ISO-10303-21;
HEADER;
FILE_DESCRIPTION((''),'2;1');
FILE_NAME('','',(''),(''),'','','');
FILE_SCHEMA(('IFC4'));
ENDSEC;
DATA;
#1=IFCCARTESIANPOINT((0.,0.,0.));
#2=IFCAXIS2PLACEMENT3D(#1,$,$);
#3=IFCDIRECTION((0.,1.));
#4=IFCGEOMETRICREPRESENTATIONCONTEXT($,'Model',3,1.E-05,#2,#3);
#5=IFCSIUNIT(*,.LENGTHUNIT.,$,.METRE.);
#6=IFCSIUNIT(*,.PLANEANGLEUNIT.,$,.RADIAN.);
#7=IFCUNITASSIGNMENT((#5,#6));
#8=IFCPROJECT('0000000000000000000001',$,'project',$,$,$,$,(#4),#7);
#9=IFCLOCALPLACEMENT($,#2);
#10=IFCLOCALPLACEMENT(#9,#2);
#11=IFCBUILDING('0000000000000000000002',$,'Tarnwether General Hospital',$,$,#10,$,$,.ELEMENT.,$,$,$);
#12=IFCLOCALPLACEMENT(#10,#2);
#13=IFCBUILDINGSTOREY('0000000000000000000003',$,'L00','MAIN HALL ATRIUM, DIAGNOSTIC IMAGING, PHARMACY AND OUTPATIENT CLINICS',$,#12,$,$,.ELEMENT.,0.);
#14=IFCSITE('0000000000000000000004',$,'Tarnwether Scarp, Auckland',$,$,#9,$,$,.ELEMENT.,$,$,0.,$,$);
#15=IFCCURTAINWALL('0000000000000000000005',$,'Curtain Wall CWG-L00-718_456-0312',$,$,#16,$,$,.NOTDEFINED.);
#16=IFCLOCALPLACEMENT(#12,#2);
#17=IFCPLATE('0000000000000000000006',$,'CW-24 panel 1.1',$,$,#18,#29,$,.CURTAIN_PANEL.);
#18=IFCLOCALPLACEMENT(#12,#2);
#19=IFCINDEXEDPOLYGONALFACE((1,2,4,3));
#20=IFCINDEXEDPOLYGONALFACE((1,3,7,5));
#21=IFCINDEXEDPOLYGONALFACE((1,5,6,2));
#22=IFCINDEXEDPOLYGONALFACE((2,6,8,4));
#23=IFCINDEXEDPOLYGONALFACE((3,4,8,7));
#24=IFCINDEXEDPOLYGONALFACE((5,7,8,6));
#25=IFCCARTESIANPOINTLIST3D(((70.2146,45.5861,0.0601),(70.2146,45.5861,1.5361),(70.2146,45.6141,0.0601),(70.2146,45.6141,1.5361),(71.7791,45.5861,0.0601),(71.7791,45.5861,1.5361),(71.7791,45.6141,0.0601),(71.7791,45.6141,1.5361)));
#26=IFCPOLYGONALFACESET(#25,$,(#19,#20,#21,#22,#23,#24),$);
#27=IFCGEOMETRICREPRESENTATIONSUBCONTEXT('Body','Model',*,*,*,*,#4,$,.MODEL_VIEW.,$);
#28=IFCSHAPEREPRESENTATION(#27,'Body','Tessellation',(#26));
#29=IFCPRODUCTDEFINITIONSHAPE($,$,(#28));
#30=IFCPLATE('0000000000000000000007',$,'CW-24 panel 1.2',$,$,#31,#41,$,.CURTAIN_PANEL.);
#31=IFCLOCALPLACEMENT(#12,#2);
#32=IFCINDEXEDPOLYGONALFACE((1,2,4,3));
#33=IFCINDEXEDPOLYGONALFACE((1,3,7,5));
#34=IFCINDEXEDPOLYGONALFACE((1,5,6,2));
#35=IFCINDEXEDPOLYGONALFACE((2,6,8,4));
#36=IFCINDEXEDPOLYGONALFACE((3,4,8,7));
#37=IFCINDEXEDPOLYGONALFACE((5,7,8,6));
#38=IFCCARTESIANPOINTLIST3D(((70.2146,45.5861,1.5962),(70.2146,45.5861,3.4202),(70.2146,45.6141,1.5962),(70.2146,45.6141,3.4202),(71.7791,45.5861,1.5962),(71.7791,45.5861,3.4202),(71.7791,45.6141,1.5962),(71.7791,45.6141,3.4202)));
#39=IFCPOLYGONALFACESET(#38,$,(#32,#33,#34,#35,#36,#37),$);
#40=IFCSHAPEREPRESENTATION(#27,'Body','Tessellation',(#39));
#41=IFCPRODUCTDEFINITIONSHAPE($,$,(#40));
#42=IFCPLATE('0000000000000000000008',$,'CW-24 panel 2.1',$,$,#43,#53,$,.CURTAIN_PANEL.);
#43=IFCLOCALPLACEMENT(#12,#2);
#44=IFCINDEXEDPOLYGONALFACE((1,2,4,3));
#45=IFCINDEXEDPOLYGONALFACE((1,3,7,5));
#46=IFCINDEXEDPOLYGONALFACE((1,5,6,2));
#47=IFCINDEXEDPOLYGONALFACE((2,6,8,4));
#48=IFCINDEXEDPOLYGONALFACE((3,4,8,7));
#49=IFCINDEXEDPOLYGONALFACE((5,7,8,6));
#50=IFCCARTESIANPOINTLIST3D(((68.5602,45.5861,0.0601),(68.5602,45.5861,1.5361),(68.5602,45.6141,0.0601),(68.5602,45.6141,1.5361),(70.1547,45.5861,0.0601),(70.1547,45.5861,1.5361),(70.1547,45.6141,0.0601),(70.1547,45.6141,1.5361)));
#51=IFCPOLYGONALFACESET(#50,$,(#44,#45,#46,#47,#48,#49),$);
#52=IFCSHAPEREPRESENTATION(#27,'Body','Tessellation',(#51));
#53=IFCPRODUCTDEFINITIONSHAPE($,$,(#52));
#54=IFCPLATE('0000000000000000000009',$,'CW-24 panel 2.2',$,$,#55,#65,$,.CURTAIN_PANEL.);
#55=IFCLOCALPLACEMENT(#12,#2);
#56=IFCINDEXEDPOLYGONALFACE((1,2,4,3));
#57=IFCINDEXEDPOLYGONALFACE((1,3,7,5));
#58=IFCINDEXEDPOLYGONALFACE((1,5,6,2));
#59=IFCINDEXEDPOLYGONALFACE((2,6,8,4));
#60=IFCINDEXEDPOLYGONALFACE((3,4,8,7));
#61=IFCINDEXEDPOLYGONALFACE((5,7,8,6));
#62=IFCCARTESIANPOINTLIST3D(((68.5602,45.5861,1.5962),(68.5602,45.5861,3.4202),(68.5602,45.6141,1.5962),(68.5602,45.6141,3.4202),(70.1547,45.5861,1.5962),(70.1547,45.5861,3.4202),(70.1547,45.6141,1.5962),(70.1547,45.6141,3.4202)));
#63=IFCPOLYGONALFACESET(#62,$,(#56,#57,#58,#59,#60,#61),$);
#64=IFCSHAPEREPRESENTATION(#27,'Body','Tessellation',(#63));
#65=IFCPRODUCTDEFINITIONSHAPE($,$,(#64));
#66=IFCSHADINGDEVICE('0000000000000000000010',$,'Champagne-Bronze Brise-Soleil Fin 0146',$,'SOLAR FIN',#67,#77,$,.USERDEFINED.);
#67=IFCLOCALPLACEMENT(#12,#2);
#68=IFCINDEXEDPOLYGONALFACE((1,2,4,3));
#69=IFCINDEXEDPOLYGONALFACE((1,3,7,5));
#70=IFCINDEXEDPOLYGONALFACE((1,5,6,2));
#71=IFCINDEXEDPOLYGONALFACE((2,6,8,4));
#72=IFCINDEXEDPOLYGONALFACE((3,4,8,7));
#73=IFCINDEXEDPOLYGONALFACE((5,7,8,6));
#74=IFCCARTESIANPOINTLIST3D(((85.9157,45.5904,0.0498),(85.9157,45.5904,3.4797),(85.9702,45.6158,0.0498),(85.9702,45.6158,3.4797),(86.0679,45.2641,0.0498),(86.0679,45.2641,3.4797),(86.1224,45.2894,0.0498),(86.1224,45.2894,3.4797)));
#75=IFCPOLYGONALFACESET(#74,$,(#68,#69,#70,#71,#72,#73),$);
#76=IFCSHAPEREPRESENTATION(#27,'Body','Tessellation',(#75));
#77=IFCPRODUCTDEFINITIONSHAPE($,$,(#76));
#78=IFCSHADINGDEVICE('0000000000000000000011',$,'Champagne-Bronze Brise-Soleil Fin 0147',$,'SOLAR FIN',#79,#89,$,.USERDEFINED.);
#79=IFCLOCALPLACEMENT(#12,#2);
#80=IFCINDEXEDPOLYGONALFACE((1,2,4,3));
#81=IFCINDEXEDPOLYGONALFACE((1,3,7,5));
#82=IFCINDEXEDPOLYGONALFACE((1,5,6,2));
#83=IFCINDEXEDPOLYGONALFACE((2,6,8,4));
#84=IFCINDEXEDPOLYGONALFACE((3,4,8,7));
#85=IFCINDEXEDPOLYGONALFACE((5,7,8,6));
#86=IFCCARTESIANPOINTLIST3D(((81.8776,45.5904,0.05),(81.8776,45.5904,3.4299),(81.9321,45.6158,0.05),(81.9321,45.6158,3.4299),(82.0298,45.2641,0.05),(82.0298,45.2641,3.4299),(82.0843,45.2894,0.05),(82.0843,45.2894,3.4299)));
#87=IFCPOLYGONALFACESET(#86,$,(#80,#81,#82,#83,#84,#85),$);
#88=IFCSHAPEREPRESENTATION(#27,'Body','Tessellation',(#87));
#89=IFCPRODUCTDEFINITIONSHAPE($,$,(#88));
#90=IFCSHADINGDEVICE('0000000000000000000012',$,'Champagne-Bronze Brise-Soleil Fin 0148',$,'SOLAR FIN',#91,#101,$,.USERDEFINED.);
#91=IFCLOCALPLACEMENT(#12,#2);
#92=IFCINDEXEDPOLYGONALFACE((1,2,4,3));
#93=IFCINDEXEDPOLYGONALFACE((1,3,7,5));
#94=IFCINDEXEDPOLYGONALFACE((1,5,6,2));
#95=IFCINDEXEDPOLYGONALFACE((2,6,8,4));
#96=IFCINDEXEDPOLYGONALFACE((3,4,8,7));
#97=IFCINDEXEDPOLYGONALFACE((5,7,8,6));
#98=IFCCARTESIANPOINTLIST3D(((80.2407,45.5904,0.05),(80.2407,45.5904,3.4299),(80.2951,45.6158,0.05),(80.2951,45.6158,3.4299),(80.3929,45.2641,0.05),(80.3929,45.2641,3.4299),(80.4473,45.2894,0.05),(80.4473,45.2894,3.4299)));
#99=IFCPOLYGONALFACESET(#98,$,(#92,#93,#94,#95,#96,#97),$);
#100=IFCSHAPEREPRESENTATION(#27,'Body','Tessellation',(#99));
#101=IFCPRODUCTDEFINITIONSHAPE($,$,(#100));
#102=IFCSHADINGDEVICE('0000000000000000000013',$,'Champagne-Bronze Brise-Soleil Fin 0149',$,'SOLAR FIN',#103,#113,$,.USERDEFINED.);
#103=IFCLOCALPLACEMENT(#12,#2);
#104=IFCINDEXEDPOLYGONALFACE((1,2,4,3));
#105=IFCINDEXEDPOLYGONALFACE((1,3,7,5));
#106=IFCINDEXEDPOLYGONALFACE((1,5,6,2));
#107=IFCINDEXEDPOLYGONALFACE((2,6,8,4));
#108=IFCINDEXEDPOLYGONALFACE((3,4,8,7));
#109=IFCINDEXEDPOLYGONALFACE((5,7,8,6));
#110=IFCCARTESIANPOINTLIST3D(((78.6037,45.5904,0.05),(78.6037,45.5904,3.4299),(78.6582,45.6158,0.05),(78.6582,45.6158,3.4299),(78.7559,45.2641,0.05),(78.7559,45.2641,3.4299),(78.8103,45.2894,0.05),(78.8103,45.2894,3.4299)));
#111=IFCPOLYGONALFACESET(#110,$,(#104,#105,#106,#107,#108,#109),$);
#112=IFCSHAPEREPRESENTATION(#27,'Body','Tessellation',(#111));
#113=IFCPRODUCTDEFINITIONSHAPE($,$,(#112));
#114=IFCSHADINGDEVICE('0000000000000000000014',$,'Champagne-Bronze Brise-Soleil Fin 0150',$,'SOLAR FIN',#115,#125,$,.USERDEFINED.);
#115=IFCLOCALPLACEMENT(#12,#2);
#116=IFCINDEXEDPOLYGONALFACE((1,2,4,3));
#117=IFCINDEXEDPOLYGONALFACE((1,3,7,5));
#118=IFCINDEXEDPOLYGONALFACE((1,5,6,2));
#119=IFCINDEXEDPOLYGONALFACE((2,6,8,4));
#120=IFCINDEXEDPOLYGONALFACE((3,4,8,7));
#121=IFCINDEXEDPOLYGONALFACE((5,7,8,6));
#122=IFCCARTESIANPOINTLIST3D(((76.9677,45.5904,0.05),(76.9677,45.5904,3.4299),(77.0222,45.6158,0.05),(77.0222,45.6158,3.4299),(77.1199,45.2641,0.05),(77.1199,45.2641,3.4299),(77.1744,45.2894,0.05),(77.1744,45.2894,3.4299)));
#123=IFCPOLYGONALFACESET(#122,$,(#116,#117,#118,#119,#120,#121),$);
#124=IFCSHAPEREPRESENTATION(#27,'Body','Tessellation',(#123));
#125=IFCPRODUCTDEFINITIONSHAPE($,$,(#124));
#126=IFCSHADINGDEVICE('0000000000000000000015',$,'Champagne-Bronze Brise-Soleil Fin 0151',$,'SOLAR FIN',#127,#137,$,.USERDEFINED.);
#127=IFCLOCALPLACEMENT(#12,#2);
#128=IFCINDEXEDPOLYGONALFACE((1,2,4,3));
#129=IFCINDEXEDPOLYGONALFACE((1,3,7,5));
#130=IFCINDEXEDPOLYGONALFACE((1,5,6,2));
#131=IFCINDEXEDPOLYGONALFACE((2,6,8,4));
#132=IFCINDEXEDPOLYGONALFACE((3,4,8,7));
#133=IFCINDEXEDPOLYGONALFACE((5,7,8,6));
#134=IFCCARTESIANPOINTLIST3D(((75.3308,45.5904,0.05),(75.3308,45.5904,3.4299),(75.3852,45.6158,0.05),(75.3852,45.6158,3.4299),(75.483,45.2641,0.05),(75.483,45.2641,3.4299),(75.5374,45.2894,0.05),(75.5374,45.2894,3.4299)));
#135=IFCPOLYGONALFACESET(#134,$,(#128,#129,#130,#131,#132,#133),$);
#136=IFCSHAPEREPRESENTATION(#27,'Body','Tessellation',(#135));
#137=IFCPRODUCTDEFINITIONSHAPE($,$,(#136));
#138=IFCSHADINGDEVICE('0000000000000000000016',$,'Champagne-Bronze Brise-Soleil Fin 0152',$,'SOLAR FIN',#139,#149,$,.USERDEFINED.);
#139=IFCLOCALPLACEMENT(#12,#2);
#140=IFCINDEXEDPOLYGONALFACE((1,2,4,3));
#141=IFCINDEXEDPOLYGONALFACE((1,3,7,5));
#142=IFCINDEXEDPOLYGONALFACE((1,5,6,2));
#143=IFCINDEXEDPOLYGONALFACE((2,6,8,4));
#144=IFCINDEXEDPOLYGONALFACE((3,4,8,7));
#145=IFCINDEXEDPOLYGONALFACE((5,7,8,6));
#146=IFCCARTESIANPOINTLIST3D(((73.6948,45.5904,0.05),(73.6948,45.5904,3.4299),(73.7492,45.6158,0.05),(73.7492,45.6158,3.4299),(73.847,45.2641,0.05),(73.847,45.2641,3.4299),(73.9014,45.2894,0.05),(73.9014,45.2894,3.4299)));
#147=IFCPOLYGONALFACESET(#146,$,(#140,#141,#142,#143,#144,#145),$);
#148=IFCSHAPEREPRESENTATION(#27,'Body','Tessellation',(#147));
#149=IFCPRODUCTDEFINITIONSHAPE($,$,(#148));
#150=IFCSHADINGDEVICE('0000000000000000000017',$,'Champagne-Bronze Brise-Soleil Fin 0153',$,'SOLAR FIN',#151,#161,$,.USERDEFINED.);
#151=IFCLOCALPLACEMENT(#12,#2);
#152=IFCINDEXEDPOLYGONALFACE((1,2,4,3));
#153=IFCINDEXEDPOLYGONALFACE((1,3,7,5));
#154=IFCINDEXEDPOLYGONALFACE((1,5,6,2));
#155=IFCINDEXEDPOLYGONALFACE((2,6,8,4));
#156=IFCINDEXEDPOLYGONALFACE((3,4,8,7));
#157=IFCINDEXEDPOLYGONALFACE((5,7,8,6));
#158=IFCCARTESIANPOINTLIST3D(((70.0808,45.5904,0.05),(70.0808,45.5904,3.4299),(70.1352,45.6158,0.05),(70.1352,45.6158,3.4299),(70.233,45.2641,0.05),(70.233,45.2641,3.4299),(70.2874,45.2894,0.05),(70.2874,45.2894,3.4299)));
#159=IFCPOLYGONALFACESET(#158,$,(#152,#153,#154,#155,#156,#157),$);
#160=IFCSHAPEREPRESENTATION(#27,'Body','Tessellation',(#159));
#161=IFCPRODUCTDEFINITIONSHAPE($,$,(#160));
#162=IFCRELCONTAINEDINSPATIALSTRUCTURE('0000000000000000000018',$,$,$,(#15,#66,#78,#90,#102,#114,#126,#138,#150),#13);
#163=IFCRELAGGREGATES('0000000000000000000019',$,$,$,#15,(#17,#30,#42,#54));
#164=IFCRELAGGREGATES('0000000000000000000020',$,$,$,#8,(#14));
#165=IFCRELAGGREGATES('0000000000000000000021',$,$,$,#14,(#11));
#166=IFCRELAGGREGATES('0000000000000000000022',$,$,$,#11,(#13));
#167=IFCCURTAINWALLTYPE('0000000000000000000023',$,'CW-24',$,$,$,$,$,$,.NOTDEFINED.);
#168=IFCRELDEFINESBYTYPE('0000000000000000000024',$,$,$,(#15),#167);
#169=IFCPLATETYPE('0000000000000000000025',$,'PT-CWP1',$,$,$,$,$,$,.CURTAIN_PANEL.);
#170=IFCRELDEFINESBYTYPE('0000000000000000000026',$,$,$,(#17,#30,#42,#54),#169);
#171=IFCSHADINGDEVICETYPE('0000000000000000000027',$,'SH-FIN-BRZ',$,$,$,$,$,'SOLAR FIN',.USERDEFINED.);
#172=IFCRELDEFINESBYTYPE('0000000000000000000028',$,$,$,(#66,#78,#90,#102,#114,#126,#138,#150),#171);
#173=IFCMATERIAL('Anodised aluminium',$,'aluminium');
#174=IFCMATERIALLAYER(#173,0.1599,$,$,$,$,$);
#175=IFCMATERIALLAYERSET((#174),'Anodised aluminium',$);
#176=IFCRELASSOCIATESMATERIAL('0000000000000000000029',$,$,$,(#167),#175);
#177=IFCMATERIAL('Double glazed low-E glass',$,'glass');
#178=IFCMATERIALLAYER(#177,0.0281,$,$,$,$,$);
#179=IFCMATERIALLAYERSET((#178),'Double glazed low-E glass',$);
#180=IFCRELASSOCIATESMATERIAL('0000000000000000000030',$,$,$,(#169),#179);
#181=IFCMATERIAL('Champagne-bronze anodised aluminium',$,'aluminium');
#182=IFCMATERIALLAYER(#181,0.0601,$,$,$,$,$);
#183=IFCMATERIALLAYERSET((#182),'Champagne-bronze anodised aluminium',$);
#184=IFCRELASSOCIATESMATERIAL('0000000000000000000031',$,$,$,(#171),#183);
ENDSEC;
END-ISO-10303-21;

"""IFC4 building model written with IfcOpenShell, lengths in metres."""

from ifc_helpers import new_model, si_unit, direction, frame, origin, origin_2d, place, context, subcontext, project, spatial, rectangle, extrude, material, layer, layer_set, type_object, element, aggregate, save


model = new_model("IFC4")

# Units and contexts
model_context = context("Model", 3, precision=1e-05, world=origin(), true_north=direction((0.0, 1.0)))
body_context = subcontext(model_context, "Body", "Model", "MODEL_VIEW")
ifc_project = project(units=[si_unit("LENGTHUNIT", "METRE"), si_unit("PLANEANGLEUNIT", "RADIAN")], contexts=[model_context])

# Site, building, storey
site_placement = place(None, origin())
site = spatial("IfcSite", under=ifc_project, at=site_placement, Name="Tarnwether Scarp, Auckland", CompositionType="ELEMENT", RefElevation=0.0)
building_placement = place(site_placement, origin())
building = spatial("IfcBuilding", under=site, at=building_placement, Name="Tarnwether General Hospital", CompositionType="ELEMENT")
storey_placement = place(building_placement, origin())
storey = spatial("IfcBuildingStorey", under=building, at=storey_placement, Name="L00", Description="MAIN HALL ATRIUM, DIAGNOSTIC IMAGING, PHARMACY AND OUTPATIENT CLINICS", CompositionType="ELEMENT", Elevation=0.0)

# Shared definitions
ifc_material_1 = material(Name="Anodised aluminium", Category="aluminium")
ifc_layer_1 = layer(ifc_material_1, 0.1599)
ifc_layer_set_1 = layer_set([ifc_layer_1], Name="Anodised aluminium")
curtain_wall_type = type_object("IfcCurtainWallType", Name="CW-24", PredefinedType="NOTDEFINED", material=ifc_layer_set_1)

# Curtain wall
curtain_wall_1_placement = place(storey_placement, origin())
curtain_wall_1 = element("IfcCurtainWall", 1, at=curtain_wall_1_placement, inside=storey, type_object=curtain_wall_type, Name="Curtain Wall CWG-L00-718_456-0312", PredefinedType="NOTDEFINED")

# Plates
ifc_material_2 = material(Name="Double glazed low-E glass", Category="glass")
ifc_layer_2 = layer(ifc_material_2, 0.0281)
ifc_layer_set_2 = layer_set([ifc_layer_2], Name="Double glazed low-E glass")
plate_type = type_object("IfcPlateType", Name="PT-CWP1", PredefinedType="CURTAIN_PANEL", material=ifc_layer_set_2)
plate_1_placement = place(storey_placement, frame((70.9968, 45.6001, 0.0601), z_axis=(0.0, 0.0, 1.0), x_axis=(-1.0, 0.0, 0.0)))
plate_1 = element("IfcPlate", 2, at=plate_1_placement, type_object=plate_type, Name="CW-24 panel 1.1", PredefinedType="CURTAIN_PANEL", context=body_context, shape_type="SweptSolid", body=[
    extrude(rectangle(XDim=1.5645, YDim=0.0281, at=origin_2d()), origin(), (0.0, 0.0, 1.0), 1.4761),
])
plate_2_placement = place(storey_placement, frame((70.9968, 45.6001, 1.5962), z_axis=(0.0, 0.0, 1.0), x_axis=(-1.0, 0.0, 0.0)))
plate_2 = element("IfcPlate", 3, at=plate_2_placement, type_object=plate_type, Name="CW-24 panel 1.2", PredefinedType="CURTAIN_PANEL", context=body_context, shape_type="SweptSolid", body=[
    extrude(rectangle(XDim=1.5645, YDim=0.0281, at=origin_2d()), origin(), (0.0, 0.0, 1.0), 1.824),
])
plate_3_placement = place(storey_placement, frame((69.3574, 45.6001, 0.0601), z_axis=(0.0, 0.0, 1.0), x_axis=(-1.0, 0.0, 0.0)))
plate_3 = element("IfcPlate", 4, at=plate_3_placement, type_object=plate_type, Name="CW-24 panel 2.1", PredefinedType="CURTAIN_PANEL", context=body_context, shape_type="SweptSolid", body=[
    extrude(rectangle(XDim=1.5945, YDim=0.0281, at=origin_2d()), origin(), (0.0, 0.0, 1.0), 1.4761),
])
plate_4_placement = place(storey_placement, frame((69.3574, 45.6001, 1.5962), z_axis=(0.0, 0.0, 1.0), x_axis=(-1.0, 0.0, 0.0)))
plate_4 = element("IfcPlate", 5, at=plate_4_placement, type_object=plate_type, Name="CW-24 panel 2.2", PredefinedType="CURTAIN_PANEL", context=body_context, shape_type="SweptSolid", body=[
    extrude(rectangle(XDim=1.5945, YDim=0.0281, at=origin_2d()), origin(), (0.0, 0.0, 1.0), 1.824),
])
aggregate(curtain_wall_1, [plate_1, plate_2, plate_3, plate_4])

# Shading devices
ifc_material_3 = material(Name="Champagne-bronze anodised aluminium", Category="aluminium")
ifc_layer_3 = layer(ifc_material_3, 0.0601)
ifc_layer_set_3 = layer_set([ifc_layer_3], Name="Champagne-bronze anodised aluminium")
shading_device_type = type_object("IfcShadingDeviceType", Name="SH-FIN-BRZ", ElementType="SOLAR FIN", PredefinedType="USERDEFINED", material=ifc_layer_set_3)
shading_device_placement = place(storey_placement, frame((86.019, 45.4399, 0.0498), z_axis=(0.0, 0.0, 1.0), x_axis=(-0.906308, -0.422618, 0.0)))
element("IfcShadingDevice", 6, at=shading_device_placement, inside=storey, type_object=shading_device_type, Name="Champagne-Bronze Brise-Soleil Fin 0146", ObjectType="SOLAR FIN", PredefinedType="USERDEFINED", context=body_context, shape_type="SweptSolid", body=[
    extrude(rectangle(XDim=0.0601, YDim=0.3601, at=origin_2d()), origin(), (0.0, 0.0, 1.0), 3.4299),
])
for number, where, z_axis, x_axis, name in (
    (7, (81.981, 45.4399, 0.05), (0.0, 0.0, 1.0), (-0.906308, -0.422618, 0.0), "Champagne-Bronze Brise-Soleil Fin 0147"),
    (8, (80.344, 45.4399, 0.05), (0.0, 0.0, 1.0), (-0.906308, -0.422618, 0.0), "Champagne-Bronze Brise-Soleil Fin 0148"),
    (9, (78.707, 45.4399, 0.05), (0.0, 0.0, 1.0), (-0.906308, -0.422618, 0.0), "Champagne-Bronze Brise-Soleil Fin 0149"),
    (10, (77.071, 45.4399, 0.05), (0.0, 0.0, 1.0), (-0.906308, -0.422618, 0.0), "Champagne-Bronze Brise-Soleil Fin 0150"),
    (11, (75.4341, 45.4399, 0.05), (0.0, 0.0, 1.0), (-0.906308, -0.422618, 0.0), "Champagne-Bronze Brise-Soleil Fin 0151"),
    (12, (73.7981, 45.4399, 0.05), (0.0, 0.0, 1.0), (-0.906308, -0.422618, 0.0), "Champagne-Bronze Brise-Soleil Fin 0152"),
    (13, (70.1841, 45.4399, 0.05), (0.0, 0.0, 1.0), (-0.906308, -0.422618, 0.0), "Champagne-Bronze Brise-Soleil Fin 0153"),
):
    element("IfcShadingDevice", number, at=place(storey_placement, frame(where, z_axis=z_axis, x_axis=x_axis)), inside=storey, type_object=shading_device_type, Name=name, ObjectType="SOLAR FIN", PredefinedType="USERDEFINED", context=body_context, shape_type="SweptSolid", body=[
        extrude(rectangle(XDim=0.0601, YDim=0.3601, at=origin_2d()), origin(), (0.0, 0.0, 1.0), 3.3799),
    ])

save(model, "model.ifc")
